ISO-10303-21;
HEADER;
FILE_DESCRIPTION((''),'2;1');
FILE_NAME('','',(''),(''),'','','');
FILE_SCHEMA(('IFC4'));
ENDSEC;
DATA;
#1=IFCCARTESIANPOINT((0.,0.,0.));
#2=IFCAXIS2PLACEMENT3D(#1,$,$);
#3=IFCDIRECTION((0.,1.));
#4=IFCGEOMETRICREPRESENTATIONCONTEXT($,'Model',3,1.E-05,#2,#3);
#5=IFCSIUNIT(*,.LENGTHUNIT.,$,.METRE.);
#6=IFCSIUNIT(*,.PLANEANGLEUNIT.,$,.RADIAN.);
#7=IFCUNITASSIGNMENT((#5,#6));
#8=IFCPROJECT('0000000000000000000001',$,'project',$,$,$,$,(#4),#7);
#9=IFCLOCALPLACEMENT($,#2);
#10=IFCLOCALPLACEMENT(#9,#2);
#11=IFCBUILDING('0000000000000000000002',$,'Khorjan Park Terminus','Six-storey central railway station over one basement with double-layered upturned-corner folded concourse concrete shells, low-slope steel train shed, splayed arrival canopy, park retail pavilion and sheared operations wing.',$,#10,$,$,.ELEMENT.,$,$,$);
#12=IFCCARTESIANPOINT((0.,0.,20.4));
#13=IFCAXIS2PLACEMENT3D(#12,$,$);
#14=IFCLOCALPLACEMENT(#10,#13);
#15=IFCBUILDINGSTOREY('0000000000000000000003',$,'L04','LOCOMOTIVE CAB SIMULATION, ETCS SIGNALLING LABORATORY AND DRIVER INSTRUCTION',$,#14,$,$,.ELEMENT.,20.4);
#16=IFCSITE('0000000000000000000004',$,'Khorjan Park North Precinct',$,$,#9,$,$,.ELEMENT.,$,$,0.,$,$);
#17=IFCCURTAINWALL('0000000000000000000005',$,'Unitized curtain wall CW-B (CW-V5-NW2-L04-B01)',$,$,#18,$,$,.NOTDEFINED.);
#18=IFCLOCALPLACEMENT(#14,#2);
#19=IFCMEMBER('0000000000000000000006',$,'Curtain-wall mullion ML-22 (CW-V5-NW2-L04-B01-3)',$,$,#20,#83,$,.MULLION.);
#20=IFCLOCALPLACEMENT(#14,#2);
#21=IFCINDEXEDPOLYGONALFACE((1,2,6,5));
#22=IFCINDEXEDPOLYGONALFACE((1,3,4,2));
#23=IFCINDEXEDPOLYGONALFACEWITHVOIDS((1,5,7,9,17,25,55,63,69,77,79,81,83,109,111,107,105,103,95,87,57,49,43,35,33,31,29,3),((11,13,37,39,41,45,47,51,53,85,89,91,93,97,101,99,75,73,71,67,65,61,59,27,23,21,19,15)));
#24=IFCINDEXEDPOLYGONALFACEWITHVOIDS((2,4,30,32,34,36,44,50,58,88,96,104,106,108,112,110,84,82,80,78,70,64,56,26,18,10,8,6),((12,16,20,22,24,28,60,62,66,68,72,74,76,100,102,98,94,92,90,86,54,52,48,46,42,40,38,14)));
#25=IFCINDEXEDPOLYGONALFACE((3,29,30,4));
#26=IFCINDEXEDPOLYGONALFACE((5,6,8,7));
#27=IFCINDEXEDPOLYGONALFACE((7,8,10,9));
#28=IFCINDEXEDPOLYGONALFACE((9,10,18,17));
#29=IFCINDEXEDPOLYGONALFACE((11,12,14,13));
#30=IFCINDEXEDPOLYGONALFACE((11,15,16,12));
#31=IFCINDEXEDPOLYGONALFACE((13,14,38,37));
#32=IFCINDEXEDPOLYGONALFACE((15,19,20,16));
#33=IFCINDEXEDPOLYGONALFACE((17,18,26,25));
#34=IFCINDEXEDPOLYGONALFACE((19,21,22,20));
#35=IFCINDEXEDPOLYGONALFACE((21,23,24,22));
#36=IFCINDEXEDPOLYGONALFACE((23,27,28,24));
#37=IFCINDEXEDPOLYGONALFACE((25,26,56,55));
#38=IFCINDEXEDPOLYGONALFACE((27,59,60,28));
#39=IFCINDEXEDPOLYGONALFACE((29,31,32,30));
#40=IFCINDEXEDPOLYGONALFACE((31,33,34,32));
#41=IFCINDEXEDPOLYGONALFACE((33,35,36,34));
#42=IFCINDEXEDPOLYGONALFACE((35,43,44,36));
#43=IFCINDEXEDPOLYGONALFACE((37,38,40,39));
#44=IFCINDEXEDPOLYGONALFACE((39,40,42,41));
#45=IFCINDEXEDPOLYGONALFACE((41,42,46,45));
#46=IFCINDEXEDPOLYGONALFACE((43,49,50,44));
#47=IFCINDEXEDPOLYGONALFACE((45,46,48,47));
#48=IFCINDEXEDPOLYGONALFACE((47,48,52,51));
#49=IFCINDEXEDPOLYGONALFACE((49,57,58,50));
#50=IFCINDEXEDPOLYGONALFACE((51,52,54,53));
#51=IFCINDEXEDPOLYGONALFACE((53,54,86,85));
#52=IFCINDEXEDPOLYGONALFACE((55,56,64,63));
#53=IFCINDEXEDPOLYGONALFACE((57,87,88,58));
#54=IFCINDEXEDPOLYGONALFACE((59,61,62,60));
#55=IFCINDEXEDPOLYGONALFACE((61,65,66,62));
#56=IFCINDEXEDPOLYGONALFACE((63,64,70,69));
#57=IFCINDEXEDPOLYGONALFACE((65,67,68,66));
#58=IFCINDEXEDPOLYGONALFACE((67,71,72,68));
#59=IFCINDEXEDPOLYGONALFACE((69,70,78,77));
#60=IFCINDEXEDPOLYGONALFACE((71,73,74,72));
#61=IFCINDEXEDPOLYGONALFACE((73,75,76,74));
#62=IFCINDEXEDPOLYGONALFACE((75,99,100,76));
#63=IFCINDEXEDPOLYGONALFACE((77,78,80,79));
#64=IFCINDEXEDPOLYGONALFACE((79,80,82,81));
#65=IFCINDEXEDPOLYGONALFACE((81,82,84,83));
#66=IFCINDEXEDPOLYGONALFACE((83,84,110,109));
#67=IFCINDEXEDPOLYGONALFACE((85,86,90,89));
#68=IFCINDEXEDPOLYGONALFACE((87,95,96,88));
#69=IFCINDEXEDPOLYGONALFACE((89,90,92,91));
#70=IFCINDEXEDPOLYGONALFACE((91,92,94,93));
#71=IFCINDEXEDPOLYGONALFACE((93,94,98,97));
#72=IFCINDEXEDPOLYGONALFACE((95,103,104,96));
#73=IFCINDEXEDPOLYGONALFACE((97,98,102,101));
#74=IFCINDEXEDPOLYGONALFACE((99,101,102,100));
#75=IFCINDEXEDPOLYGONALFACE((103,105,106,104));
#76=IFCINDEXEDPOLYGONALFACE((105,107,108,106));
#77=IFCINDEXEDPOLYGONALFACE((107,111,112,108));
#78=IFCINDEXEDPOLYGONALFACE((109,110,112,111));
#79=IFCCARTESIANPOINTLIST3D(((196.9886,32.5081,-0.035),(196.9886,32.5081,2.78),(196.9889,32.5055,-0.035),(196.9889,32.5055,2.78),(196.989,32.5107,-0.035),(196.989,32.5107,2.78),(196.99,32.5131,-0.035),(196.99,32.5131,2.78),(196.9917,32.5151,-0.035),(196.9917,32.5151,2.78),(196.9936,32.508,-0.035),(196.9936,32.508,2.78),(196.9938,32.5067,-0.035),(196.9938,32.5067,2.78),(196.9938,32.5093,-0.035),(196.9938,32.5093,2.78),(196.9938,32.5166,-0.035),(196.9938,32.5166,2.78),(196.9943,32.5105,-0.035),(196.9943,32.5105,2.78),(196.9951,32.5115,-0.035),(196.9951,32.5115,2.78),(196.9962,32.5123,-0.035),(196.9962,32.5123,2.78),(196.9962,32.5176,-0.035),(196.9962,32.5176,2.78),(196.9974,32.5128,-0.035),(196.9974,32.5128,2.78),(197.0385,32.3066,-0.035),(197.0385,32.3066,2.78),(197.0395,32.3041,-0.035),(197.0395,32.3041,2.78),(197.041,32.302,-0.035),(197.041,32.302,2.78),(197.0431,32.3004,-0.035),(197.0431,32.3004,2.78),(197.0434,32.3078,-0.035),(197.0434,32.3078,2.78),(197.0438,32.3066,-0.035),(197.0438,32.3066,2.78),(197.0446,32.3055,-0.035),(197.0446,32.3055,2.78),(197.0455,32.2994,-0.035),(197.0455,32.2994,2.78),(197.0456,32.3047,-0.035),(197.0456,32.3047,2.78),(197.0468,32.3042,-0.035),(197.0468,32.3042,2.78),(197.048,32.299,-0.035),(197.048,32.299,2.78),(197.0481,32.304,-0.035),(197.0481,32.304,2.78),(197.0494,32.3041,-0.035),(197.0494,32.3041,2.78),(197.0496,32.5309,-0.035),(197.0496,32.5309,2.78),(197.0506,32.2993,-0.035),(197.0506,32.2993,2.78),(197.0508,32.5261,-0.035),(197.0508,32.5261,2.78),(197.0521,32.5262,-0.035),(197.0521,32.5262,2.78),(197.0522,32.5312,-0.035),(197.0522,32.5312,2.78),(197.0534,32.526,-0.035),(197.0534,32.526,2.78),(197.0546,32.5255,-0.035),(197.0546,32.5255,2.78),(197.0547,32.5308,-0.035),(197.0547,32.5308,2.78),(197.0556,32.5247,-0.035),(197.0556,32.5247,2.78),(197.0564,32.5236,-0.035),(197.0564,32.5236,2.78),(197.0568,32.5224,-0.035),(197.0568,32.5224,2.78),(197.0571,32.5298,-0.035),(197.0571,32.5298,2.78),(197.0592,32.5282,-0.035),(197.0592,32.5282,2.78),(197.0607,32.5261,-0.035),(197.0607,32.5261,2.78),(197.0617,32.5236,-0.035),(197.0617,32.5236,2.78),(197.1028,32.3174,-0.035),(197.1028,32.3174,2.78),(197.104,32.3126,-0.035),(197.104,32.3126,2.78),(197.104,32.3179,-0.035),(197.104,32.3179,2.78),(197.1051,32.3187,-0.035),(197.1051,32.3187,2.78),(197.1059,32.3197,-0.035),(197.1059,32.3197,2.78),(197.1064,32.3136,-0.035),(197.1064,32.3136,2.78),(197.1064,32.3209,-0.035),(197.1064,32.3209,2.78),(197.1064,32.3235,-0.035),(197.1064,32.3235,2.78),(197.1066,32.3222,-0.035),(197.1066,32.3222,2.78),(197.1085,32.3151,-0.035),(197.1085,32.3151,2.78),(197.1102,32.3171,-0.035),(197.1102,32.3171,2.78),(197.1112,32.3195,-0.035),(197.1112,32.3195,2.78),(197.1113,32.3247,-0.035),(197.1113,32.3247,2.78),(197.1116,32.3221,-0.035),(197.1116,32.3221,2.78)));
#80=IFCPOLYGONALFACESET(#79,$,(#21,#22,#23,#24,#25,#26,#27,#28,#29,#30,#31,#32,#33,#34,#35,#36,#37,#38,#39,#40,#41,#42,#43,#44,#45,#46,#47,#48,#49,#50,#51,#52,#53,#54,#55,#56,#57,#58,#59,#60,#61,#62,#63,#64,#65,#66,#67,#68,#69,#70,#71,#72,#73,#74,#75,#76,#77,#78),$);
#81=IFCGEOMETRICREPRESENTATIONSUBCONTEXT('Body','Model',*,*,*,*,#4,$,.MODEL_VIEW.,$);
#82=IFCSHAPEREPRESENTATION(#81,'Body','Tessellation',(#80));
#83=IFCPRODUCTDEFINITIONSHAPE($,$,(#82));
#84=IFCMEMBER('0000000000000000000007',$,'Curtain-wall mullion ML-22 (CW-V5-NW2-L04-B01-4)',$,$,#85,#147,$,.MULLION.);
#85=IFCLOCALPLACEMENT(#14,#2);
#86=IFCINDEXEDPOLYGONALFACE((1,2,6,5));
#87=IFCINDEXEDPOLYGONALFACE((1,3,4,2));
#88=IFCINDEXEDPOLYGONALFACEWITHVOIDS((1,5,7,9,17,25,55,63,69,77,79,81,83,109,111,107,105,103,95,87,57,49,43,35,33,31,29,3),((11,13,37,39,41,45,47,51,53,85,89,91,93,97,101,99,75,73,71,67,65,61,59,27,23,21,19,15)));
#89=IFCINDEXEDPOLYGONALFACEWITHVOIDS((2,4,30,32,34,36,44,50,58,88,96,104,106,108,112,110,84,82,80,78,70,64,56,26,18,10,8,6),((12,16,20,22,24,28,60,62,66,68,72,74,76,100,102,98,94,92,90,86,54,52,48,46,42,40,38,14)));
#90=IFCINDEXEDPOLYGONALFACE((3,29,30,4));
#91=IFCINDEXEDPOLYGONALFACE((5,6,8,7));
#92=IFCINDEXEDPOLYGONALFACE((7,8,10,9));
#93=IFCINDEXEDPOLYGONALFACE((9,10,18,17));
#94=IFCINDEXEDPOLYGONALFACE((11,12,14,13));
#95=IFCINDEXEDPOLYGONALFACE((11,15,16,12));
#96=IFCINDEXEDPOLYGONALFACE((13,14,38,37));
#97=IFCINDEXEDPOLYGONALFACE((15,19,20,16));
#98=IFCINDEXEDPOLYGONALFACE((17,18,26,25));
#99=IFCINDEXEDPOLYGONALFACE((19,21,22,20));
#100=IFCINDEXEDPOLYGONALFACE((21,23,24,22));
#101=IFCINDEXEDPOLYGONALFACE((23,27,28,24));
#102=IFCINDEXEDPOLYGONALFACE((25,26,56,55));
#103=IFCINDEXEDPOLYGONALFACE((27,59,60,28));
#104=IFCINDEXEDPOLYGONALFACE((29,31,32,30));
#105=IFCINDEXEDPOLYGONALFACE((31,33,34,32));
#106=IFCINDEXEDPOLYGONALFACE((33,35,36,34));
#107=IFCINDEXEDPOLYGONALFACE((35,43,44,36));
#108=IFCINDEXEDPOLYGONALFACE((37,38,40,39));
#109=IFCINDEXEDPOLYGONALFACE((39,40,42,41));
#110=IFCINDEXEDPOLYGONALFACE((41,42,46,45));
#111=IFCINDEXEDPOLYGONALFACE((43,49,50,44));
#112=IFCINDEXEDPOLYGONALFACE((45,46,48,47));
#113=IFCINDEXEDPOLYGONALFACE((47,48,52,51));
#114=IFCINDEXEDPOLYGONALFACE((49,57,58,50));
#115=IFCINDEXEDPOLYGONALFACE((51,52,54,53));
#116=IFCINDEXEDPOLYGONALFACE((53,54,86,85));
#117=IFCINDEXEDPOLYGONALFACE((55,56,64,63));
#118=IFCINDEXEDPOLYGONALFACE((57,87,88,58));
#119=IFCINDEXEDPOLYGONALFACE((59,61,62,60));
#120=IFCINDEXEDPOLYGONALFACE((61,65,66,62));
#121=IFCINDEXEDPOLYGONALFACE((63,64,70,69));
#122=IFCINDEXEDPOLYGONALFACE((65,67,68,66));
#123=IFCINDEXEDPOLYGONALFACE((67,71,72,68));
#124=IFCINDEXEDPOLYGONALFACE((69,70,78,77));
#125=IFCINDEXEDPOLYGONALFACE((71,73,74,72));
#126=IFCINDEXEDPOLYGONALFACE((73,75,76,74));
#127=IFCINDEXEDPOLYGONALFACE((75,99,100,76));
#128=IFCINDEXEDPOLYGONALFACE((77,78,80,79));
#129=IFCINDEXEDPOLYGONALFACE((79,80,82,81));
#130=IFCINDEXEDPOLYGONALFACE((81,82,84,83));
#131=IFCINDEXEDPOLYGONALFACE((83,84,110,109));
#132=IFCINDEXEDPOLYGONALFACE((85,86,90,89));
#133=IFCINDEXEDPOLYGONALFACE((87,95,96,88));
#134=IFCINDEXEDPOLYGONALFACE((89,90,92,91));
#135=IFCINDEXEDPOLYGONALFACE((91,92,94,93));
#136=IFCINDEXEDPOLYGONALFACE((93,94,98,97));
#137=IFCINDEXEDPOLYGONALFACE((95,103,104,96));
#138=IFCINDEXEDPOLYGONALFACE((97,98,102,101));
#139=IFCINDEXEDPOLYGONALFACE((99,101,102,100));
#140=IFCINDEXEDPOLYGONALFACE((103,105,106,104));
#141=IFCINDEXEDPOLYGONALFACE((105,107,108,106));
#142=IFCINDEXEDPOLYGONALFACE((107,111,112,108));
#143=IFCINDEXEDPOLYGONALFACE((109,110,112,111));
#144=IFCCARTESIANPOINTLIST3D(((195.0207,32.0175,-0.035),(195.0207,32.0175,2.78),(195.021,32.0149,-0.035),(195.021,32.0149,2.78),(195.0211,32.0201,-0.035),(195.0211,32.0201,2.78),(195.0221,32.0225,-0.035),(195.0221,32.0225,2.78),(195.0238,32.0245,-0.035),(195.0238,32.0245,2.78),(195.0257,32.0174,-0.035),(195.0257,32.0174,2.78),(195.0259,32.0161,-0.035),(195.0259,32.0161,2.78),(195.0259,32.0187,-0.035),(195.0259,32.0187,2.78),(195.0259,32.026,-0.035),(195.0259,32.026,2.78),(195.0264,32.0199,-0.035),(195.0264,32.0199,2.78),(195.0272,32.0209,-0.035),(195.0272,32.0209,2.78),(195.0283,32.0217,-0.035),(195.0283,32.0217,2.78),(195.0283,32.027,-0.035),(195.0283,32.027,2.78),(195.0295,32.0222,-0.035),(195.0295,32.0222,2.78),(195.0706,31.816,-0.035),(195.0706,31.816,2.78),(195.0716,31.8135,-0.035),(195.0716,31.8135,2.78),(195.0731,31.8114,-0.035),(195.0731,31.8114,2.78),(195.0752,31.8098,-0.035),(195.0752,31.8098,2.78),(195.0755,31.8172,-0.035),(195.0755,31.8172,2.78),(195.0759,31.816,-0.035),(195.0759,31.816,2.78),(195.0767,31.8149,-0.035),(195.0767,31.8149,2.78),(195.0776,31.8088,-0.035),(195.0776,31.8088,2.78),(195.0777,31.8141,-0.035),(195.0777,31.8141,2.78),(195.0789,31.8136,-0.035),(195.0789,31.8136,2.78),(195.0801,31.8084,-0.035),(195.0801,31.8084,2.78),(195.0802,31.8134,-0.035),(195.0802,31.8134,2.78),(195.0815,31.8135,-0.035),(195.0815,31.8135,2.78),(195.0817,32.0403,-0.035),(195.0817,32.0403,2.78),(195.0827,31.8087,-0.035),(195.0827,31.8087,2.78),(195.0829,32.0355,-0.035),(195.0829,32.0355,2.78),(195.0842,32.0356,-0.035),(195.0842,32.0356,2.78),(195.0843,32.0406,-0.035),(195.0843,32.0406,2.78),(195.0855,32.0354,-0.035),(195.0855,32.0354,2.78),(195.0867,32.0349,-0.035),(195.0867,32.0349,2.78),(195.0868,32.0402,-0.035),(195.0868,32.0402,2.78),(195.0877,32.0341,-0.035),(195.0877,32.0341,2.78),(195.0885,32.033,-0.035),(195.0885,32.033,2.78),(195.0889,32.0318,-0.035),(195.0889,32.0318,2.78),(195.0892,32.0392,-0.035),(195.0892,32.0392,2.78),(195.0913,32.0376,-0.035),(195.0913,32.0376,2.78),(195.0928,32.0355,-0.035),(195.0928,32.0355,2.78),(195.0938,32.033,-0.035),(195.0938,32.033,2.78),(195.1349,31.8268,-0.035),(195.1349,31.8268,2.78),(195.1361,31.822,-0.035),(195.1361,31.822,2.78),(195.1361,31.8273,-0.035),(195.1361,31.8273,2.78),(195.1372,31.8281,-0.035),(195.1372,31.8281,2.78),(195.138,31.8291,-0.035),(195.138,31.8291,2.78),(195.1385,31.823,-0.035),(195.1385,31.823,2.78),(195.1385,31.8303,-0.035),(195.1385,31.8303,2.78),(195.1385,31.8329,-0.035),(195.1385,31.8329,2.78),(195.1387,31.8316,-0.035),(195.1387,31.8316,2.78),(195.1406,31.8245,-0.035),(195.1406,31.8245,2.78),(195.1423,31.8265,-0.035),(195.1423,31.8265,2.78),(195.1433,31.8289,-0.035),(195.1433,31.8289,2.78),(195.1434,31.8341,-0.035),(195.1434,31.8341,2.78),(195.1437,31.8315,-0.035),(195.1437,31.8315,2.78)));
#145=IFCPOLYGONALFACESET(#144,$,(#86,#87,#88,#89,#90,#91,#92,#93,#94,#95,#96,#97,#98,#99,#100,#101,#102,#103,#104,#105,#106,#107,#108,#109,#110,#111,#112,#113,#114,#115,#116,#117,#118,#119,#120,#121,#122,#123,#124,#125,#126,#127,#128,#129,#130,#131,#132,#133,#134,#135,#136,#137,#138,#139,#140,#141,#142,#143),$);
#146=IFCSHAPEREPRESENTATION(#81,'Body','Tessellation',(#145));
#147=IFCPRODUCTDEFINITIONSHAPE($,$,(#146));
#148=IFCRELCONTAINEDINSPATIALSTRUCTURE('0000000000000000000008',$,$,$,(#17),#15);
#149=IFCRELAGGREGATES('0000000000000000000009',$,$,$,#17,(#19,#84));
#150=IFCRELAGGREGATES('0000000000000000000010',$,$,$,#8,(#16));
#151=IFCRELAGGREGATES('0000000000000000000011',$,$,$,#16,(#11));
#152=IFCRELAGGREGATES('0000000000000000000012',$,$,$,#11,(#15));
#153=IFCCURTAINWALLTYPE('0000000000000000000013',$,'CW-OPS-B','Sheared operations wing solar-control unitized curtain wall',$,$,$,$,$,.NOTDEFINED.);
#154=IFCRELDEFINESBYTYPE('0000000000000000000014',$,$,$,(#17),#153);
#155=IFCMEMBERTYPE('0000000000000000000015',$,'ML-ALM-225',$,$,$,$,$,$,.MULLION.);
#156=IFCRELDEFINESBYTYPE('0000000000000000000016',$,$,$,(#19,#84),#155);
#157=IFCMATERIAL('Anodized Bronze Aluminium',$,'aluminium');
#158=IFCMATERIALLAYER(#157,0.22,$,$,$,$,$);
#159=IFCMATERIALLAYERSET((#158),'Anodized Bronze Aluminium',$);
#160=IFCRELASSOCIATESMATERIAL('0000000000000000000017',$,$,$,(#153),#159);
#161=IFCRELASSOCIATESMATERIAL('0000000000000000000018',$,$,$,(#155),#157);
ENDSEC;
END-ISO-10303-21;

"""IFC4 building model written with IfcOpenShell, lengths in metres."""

from ifc_helpers import new_model, si_unit, direction, frame, origin, origin_2d, place, context, subcontext, project, spatial, hollow_rectangle, extrude, material, layer, layer_set, material_profile, profile_set, type_object, element, aggregate, save


model = new_model("IFC4")

# Units and contexts
model_context = context("Model", 3, precision=1e-05, world=origin(), true_north=direction((0.0, 1.0)))
body_context = subcontext(model_context, "Body", "Model", "MODEL_VIEW")
ifc_project = project(units=[si_unit("LENGTHUNIT", "METRE"), si_unit("PLANEANGLEUNIT", "RADIAN")], contexts=[model_context])

# Site, building, storey
site_placement = place(None, origin())
site = spatial("IfcSite", under=ifc_project, at=site_placement, Name="Khorjan Park North Precinct", CompositionType="ELEMENT", RefElevation=0.0)
building_placement = place(site_placement, origin())
building = spatial("IfcBuilding", under=site, at=building_placement, Name="Khorjan Park Terminus", Description="Six-storey central railway station over one basement with double-layered upturned-corner folded concourse concrete shells, low-slope steel train shed, splayed arrival canopy, park retail pavilion and sheared operations wing.", CompositionType="ELEMENT")
storey_placement = place(building_placement, frame((0.0, 0.0, 20.4)))
storey = spatial("IfcBuildingStorey", under=building, at=storey_placement, Name="L04", Description="LOCOMOTIVE CAB SIMULATION, ETCS SIGNALLING LABORATORY AND DRIVER INSTRUCTION", CompositionType="ELEMENT", Elevation=20.4)

# Curtain wall, members
ifc_material_1 = material(Name="Anodized Bronze Aluminium", Category="aluminium")
ifc_layer_1 = layer(ifc_material_1, 0.22)
ifc_layer_set_1 = layer_set([ifc_layer_1], Name="Anodized Bronze Aluminium")
curtain_wall_type = type_object("IfcCurtainWallType", Name="CW-OPS-B", Description="Sheared operations wing solar-control unitized curtain wall", PredefinedType="NOTDEFINED", material=ifc_layer_set_1)
curtain_wall_placement = place(storey_placement, origin())
curtain_wall = element("IfcCurtainWall", 1, at=curtain_wall_placement, inside=storey, type_object=curtain_wall_type, Name="Unitized curtain wall CW-B (CW-V5-NW2-L04-B01)", PredefinedType="NOTDEFINED")
ifc_material_profile_1 = material_profile(ifc_material_1, hollow_rectangle(XDim=0.075, YDim=0.225, WallThickness=0.005, InnerFilletRadius=0.005, OuterFilletRadius=0.01, at=origin_2d()), Name="ALM 75x225x5")
ifc_profile_set_1 = profile_set([ifc_material_profile_1], Name="Anodized Bronze Aluminium")
member_type_1 = type_object("IfcMemberType", Name="ML-ALM-225", PredefinedType="MULLION", material=ifc_profile_set_1)
member_1_placement = place(storey_placement, frame((197.0501, 32.4151, -0.035), z_axis=(0.0, 0.0, 1.0), x_axis=(-0.970294, -0.241928, 0.0)))
member_1 = element("IfcMember", 2, at=member_1_placement, type_object=member_type_1, Name="Curtain-wall mullion ML-22 (CW-V5-NW2-L04-B01-3)", PredefinedType="MULLION", context=body_context, shape_type="SweptSolid", body=[
    extrude(hollow_rectangle(XDim=0.075, YDim=0.225, WallThickness=0.005, InnerFilletRadius=0.005, OuterFilletRadius=0.01, at=origin_2d()), origin(), (0.0, 0.0, 1.0), 2.815),
])
member_2_placement = place(storey_placement, frame((195.0822, 31.9245, -0.035), z_axis=(0.0, 0.0, 1.0), x_axis=(-0.970294, -0.241928, 0.0)))
member_2 = element("IfcMember", 3, at=member_2_placement, type_object=member_type_1, Name="Curtain-wall mullion ML-22 (CW-V5-NW2-L04-B01-4)", PredefinedType="MULLION", context=body_context, shape_type="SweptSolid", body=[
    extrude(hollow_rectangle(XDim=0.075, YDim=0.225, WallThickness=0.005, InnerFilletRadius=0.005, OuterFilletRadius=0.01, at=origin_2d()), origin(), (0.0, 0.0, 1.0), 2.815),
])
aggregate(curtain_wall, [member_1, member_2])

save(model, "model.ifc")
